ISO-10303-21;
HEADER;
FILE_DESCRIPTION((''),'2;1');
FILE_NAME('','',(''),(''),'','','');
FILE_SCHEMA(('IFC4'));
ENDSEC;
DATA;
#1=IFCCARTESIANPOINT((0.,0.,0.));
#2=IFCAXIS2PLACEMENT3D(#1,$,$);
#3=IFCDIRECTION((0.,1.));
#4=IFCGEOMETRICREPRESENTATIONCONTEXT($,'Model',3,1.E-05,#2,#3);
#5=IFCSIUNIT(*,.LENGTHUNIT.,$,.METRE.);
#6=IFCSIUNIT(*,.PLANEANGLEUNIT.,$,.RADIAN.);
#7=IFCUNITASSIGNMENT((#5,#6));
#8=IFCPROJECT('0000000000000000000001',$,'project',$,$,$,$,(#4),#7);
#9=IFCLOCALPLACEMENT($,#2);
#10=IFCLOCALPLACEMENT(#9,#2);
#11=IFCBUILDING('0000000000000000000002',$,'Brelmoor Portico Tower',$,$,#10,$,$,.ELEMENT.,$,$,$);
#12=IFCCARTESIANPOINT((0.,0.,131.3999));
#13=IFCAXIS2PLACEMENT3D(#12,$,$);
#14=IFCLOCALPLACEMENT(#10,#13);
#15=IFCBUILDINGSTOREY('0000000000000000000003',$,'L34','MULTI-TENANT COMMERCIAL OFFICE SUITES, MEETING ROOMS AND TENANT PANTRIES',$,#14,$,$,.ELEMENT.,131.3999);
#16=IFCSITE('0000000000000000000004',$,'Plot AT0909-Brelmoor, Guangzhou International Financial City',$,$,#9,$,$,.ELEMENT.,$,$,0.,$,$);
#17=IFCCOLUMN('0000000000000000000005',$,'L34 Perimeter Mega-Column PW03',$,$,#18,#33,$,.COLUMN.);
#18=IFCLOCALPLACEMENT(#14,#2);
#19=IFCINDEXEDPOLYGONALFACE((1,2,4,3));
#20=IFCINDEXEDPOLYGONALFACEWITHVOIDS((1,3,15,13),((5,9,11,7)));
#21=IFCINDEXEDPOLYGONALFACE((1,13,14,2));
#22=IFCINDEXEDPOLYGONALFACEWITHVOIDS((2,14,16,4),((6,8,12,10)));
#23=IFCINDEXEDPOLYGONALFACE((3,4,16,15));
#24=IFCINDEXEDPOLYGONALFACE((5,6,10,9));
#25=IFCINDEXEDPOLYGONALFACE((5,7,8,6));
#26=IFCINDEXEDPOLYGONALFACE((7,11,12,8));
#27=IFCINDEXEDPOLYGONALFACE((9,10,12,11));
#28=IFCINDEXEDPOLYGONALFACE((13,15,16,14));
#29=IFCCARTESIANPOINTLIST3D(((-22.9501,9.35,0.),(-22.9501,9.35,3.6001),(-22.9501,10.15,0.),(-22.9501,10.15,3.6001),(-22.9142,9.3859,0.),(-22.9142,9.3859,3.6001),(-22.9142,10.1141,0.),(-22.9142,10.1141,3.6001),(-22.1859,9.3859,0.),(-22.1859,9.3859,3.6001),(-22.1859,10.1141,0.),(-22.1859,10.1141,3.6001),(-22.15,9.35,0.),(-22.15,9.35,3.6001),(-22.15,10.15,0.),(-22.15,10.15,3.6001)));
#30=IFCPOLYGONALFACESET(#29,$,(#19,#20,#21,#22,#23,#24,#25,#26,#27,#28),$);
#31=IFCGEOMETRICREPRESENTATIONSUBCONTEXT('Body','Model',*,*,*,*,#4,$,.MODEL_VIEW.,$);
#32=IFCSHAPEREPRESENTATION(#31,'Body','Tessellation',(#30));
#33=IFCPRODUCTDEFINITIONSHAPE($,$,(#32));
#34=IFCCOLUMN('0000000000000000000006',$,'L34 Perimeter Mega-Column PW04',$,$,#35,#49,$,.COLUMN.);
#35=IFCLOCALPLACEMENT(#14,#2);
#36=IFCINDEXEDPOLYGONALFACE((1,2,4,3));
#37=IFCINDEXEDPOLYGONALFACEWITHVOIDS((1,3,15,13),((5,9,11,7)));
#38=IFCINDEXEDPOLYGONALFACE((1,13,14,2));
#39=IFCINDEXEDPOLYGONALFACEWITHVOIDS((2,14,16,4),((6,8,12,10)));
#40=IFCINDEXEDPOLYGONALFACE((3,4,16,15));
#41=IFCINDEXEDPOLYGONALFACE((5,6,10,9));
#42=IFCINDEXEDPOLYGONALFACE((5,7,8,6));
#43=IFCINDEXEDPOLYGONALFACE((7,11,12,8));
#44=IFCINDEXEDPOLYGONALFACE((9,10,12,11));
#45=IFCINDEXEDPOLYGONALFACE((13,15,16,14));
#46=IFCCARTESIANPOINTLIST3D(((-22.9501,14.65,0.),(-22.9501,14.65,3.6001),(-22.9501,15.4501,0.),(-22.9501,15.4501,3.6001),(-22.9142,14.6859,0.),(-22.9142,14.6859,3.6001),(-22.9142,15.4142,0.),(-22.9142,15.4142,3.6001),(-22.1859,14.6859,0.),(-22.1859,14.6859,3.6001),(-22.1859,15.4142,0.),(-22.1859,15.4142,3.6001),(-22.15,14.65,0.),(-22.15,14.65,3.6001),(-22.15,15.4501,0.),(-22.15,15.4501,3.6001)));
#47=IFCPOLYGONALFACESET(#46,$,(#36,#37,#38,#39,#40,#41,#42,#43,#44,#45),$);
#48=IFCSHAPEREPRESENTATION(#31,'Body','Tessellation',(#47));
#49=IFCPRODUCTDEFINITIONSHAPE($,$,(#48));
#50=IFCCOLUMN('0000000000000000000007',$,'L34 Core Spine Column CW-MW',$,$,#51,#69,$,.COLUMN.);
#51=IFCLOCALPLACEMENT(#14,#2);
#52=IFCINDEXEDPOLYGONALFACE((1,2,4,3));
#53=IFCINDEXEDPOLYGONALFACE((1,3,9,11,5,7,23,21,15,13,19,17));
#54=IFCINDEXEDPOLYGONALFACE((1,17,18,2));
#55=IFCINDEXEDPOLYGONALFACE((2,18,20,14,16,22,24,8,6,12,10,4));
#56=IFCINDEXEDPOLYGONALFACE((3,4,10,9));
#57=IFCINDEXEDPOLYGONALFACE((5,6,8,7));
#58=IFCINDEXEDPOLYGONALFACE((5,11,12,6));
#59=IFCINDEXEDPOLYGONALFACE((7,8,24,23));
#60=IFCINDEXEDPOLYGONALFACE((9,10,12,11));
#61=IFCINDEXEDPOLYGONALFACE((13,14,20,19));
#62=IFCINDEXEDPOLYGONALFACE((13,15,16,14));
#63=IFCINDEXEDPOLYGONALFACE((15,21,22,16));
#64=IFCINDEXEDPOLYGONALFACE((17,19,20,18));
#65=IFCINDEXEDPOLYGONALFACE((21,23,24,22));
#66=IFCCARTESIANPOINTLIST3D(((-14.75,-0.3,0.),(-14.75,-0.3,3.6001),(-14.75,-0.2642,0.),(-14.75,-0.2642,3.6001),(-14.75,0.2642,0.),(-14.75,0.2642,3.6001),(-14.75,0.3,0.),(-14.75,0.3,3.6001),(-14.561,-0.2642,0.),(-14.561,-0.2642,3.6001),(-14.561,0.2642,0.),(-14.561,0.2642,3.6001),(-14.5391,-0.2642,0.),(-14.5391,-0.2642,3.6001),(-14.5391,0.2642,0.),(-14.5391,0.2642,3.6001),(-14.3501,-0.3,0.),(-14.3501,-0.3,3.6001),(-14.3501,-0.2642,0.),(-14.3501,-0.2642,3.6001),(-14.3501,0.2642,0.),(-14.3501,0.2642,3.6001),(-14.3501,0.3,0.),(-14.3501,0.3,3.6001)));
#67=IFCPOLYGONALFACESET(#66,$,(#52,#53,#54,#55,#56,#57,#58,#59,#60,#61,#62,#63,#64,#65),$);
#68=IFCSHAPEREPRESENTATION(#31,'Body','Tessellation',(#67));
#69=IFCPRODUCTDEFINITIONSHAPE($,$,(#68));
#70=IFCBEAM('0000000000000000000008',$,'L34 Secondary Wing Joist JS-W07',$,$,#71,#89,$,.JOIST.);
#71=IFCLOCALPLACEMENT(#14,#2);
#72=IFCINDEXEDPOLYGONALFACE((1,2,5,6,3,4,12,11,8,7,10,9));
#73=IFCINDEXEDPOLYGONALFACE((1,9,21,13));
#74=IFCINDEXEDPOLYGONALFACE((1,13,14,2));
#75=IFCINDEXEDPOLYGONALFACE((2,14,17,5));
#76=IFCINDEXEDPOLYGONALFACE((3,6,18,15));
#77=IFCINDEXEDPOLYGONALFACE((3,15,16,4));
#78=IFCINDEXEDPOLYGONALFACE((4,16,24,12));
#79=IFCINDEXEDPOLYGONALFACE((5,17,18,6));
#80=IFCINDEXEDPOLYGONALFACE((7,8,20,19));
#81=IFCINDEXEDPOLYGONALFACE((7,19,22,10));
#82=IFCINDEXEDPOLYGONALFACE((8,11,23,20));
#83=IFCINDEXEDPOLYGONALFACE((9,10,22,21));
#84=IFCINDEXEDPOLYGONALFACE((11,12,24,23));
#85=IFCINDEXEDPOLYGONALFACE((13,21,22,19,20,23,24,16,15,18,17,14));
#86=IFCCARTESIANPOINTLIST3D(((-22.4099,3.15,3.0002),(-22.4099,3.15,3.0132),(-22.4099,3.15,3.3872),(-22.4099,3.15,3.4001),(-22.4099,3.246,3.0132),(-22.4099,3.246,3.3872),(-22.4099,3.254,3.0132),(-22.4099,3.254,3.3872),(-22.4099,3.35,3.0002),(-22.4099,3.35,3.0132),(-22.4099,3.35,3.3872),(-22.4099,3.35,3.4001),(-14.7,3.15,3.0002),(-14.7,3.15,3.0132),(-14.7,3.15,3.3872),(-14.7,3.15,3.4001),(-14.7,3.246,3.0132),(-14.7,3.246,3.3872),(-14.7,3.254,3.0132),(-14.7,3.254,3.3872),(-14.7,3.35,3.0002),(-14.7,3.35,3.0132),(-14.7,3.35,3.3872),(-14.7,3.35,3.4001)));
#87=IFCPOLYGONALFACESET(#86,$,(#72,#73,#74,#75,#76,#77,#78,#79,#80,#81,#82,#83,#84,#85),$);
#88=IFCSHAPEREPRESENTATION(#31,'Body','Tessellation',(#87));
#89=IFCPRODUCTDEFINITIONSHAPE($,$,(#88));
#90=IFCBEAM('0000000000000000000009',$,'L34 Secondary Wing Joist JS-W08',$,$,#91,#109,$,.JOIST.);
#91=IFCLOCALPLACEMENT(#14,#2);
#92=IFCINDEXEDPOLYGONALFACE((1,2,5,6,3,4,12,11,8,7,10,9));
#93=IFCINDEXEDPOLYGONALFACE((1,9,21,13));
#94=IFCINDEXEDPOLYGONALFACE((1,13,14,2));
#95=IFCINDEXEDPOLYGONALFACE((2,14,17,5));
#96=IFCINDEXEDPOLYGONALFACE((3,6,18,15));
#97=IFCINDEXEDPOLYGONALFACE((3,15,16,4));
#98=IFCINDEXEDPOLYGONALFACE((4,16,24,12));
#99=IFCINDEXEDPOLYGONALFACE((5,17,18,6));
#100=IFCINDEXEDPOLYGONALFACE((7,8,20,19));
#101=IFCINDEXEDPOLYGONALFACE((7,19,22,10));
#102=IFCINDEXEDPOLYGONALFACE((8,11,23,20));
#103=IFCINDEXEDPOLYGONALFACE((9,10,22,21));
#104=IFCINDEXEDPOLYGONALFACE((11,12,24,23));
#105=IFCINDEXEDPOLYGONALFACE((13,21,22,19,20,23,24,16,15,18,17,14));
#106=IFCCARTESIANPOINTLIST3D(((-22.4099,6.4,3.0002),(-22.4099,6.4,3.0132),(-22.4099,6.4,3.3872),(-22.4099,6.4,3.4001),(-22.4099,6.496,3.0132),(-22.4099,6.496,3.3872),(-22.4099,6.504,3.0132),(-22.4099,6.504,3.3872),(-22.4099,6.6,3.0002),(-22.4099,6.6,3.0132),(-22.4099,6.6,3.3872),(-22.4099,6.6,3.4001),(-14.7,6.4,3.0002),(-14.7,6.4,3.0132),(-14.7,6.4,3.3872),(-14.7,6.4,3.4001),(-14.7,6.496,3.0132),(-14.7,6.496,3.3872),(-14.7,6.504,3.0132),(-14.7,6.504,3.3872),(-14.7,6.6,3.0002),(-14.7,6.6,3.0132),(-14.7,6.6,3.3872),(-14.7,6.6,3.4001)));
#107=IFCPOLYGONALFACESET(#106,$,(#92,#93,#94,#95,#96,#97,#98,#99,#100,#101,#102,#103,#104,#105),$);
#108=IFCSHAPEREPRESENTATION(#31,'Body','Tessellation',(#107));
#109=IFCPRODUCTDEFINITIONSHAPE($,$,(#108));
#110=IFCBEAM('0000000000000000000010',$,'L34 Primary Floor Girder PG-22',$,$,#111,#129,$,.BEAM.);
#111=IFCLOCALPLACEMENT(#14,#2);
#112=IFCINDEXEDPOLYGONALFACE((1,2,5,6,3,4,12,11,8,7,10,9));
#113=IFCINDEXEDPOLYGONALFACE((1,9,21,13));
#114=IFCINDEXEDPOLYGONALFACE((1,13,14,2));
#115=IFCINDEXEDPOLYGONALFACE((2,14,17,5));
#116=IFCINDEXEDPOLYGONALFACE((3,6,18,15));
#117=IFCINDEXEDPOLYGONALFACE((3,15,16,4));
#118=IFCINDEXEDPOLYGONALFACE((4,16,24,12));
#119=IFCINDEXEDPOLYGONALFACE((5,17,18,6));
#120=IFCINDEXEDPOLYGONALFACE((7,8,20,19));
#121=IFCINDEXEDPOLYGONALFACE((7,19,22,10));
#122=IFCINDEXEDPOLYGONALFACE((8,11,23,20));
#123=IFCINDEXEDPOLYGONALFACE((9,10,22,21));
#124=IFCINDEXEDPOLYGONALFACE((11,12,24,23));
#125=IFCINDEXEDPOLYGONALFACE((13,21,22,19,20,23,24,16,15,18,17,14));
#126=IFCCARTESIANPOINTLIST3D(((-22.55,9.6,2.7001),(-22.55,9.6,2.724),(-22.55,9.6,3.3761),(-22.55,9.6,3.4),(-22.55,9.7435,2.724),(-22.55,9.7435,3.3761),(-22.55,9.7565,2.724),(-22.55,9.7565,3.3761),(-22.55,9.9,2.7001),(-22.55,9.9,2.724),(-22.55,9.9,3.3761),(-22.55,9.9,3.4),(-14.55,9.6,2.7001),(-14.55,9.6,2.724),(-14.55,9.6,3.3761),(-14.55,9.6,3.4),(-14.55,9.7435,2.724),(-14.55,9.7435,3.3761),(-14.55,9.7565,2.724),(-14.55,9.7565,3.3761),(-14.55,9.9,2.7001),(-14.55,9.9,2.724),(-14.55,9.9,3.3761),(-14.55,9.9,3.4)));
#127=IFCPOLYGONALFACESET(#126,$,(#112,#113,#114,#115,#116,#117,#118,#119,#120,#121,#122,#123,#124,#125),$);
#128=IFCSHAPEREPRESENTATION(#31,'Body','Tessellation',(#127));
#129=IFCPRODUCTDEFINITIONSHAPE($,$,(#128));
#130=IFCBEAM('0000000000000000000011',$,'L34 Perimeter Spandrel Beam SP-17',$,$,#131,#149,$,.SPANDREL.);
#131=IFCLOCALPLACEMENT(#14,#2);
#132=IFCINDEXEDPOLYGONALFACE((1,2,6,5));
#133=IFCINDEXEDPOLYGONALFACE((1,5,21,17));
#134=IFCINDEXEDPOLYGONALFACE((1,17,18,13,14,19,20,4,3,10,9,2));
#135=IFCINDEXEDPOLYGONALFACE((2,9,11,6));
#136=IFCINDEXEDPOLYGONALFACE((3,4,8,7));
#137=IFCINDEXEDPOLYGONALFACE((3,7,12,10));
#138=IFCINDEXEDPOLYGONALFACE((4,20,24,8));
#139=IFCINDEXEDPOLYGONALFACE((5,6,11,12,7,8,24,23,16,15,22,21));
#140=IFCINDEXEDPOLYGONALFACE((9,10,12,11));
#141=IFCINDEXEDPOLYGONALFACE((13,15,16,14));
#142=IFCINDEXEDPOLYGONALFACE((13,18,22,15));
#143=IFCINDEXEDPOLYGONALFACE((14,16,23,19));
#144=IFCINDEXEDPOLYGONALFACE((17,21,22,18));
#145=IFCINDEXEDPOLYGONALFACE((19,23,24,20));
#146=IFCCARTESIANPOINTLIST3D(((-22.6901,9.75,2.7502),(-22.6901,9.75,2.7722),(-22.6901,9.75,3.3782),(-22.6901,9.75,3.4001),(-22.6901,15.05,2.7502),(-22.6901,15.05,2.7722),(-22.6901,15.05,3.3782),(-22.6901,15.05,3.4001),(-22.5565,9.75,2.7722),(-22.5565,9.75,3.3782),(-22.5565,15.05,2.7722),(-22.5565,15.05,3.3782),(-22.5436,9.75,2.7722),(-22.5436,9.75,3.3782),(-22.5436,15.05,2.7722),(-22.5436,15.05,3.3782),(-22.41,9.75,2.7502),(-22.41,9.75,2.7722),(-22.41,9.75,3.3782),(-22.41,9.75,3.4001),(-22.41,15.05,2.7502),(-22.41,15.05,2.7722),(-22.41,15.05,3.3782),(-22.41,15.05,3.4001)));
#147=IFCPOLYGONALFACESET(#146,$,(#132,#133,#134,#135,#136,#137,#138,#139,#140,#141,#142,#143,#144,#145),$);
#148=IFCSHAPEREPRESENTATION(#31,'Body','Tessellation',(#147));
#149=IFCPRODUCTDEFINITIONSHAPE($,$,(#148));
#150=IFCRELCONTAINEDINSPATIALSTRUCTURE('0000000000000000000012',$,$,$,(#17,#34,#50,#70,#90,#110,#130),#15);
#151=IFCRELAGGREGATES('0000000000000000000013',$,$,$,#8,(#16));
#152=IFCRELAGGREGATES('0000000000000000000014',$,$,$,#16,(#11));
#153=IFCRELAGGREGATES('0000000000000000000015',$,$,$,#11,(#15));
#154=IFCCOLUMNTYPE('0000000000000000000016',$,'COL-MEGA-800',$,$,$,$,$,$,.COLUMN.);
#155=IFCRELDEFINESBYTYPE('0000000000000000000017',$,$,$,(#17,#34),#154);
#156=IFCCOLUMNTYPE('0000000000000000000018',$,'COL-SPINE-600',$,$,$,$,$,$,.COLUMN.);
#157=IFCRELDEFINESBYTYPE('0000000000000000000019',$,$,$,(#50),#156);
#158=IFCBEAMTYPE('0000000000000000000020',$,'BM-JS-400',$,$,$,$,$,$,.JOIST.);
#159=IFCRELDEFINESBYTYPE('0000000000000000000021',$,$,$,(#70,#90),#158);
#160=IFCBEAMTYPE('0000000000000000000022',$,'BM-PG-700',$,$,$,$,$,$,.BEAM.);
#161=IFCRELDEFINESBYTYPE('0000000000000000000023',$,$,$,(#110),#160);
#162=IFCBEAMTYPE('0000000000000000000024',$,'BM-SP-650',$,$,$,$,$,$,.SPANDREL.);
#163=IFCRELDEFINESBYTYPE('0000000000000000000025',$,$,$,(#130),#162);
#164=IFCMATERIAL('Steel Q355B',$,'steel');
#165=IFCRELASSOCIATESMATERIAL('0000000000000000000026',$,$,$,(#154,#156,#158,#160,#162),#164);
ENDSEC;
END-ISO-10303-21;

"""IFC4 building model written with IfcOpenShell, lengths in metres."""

from ifc_helpers import new_model, si_unit, direction, frame, origin, origin_2d, place, context, subcontext, project, spatial, hollow_rectangle, i_section, extrude, material, material_profile, profile_set, type_object, element, save


model = new_model("IFC4")

# Units and contexts
model_context = context("Model", 3, precision=1e-05, world=origin(), true_north=direction((0.0, 1.0)))
body_context = subcontext(model_context, "Body", "Model", "MODEL_VIEW")
ifc_project = project(units=[si_unit("LENGTHUNIT", "METRE"), si_unit("PLANEANGLEUNIT", "RADIAN")], contexts=[model_context])

# Site, building, storey
site_placement = place(None, origin())
site = spatial("IfcSite", under=ifc_project, at=site_placement, Name="Plot AT0909-Brelmoor, Guangzhou International Financial City", CompositionType="ELEMENT", RefElevation=0.0)
building_placement = place(site_placement, origin())
building = spatial("IfcBuilding", under=site, at=building_placement, Name="Brelmoor Portico Tower", CompositionType="ELEMENT")
storey_placement = place(building_placement, frame((0.0, 0.0, 131.3999)))
storey = spatial("IfcBuildingStorey", under=building, at=storey_placement, Name="L34", Description="MULTI-TENANT COMMERCIAL OFFICE SUITES, MEETING ROOMS AND TENANT PANTRIES", CompositionType="ELEMENT", Elevation=131.3999)

# Columns
ifc_material_1 = material(Name="Steel Q355B", Category="steel")
ifc_material_profile_1 = material_profile(ifc_material_1, hollow_rectangle(XDim=0.8, YDim=0.8, WallThickness=0.0359, at=origin_2d()), Name="BOX 800x800x36")
ifc_profile_set_1 = profile_set([ifc_material_profile_1], Name="Steel Q355B")
column_type_1 = type_object("IfcColumnType", Name="COL-MEGA-800", PredefinedType="COLUMN", material=ifc_profile_set_1)
for number, where, z_axis, x_axis, name in (
    (1, (-22.55, 9.75, 0.0), (0.0, 0.0, 1.0), (0.0, 1.0, 0.0), "L34 Perimeter Mega-Column PW03"),
    (2, (-22.55, 15.05, 0.0), (0.0, 0.0, 1.0), (0.0, 1.0, 0.0), "L34 Perimeter Mega-Column PW04"),
):
    element("IfcColumn", number, at=place(storey_placement, frame(where, z_axis=z_axis, x_axis=x_axis)), inside=storey, type_object=column_type_1, Name=name, PredefinedType="COLUMN", context=body_context, shape_type="SweptSolid", body=[
        extrude(hollow_rectangle(XDim=0.8, YDim=0.8, WallThickness=0.0359, at=origin_2d()), origin(), (0.0, 0.0, 1.0), 3.6001),
    ])
ifc_material_profile_2 = material_profile(ifc_material_1, i_section(OverallWidth=0.3999, OverallDepth=0.6001, WebThickness=0.022, FlangeThickness=0.0359, at=origin_2d()), Name="HW 600x400x22x36")
ifc_profile_set_2 = profile_set([ifc_material_profile_2], Name="Steel Q355B")
column_type_2 = type_object("IfcColumnType", Name="COL-SPINE-600", PredefinedType="COLUMN", material=ifc_profile_set_2)
column_placement = place(storey_placement, frame((-14.55, 0.0, 0.0), z_axis=(0.0, 0.0, 1.0), x_axis=(1.0, 0.0, 0.0)))
element("IfcColumn", 3, at=column_placement, inside=storey, type_object=column_type_2, Name="L34 Core Spine Column CW-MW", PredefinedType="COLUMN", context=body_context, shape_type="SweptSolid", body=[
    extrude(i_section(OverallWidth=0.3999, OverallDepth=0.6001, WebThickness=0.022, FlangeThickness=0.0359, at=origin_2d()), origin(), (0.0, 0.0, 1.0), 3.6001),
])

# Beams
ifc_material_profile_3 = material_profile(ifc_material_1, i_section(OverallWidth=0.2, OverallDepth=0.3999, WebThickness=0.0081, FlangeThickness=0.0129, at=origin_2d()), Name="HN 400x200x8x13")
ifc_profile_set_3 = profile_set([ifc_material_profile_3], Name="Steel Q355B")
beam_type_1 = type_object("IfcBeamType", Name="BM-JS-400", PredefinedType="JOIST", material=ifc_profile_set_3)
for number, where, z_axis, x_axis, name in (
    (4, (-22.4099, 3.25, 3.2002), (1.0, 0.0, 0.0), (0.0, 1.0, 0.0), "L34 Secondary Wing Joist JS-W07"),
    (5, (-22.4099, 6.5, 3.2002), (1.0, 0.0, 0.0), (0.0, 1.0, 0.0), "L34 Secondary Wing Joist JS-W08"),
):
    element("IfcBeam", number, at=place(storey_placement, frame(where, z_axis=z_axis, x_axis=x_axis)), inside=storey, type_object=beam_type_1, Name=name, PredefinedType="JOIST", context=body_context, shape_type="SweptSolid", body=[
        extrude(i_section(OverallWidth=0.2, OverallDepth=0.3999, WebThickness=0.0081, FlangeThickness=0.0129, at=origin_2d()), origin(), (0.0, 0.0, 1.0), 7.71),
    ])
ifc_material_profile_4 = material_profile(ifc_material_1, i_section(OverallWidth=0.3, OverallDepth=0.7, WebThickness=0.0129, FlangeThickness=0.0239, at=origin_2d()), Name="HN 700x300x13x24")
ifc_profile_set_4 = profile_set([ifc_material_profile_4], Name="Steel Q355B")
beam_type_2 = type_object("IfcBeamType", Name="BM-PG-700", PredefinedType="BEAM", material=ifc_profile_set_4)
beam_1_placement = place(storey_placement, frame((-22.55, 9.75, 3.05), z_axis=(1.0, 0.0, 0.0), x_axis=(0.0, 1.0, 0.0)))
element("IfcBeam", 6, at=beam_1_placement, inside=storey, type_object=beam_type_2, Name="L34 Primary Floor Girder PG-22", PredefinedType="BEAM", context=body_context, shape_type="SweptSolid", body=[
    extrude(i_section(OverallWidth=0.3, OverallDepth=0.7, WebThickness=0.0129, FlangeThickness=0.0239, at=origin_2d()), origin(), (0.0, 0.0, 1.0), 8.0),
])
ifc_material_profile_5 = material_profile(ifc_material_1, i_section(OverallWidth=0.28, OverallDepth=0.6499, WebThickness=0.0129, FlangeThickness=0.022, at=origin_2d()), Name="HN 650x280x13x22")
ifc_profile_set_5 = profile_set([ifc_material_profile_5], Name="Steel Q355B")
beam_type_3 = type_object("IfcBeamType", Name="BM-SP-650", PredefinedType="SPANDREL", material=ifc_profile_set_5)
beam_2_placement = place(storey_placement, frame((-22.55, 9.75, 3.0752), z_axis=(0.0, 1.0, 0.0), x_axis=(-1.0, 0.0, 0.0)))
element("IfcBeam", 7, at=beam_2_placement, inside=storey, type_object=beam_type_3, Name="L34 Perimeter Spandrel Beam SP-17", PredefinedType="SPANDREL", context=body_context, shape_type="SweptSolid", body=[
    extrude(i_section(OverallWidth=0.28, OverallDepth=0.6499, WebThickness=0.0129, FlangeThickness=0.022, at=origin_2d()), origin(), (0.0, 0.0, 1.0), 5.3),
])

save(model, "model.ifc")
